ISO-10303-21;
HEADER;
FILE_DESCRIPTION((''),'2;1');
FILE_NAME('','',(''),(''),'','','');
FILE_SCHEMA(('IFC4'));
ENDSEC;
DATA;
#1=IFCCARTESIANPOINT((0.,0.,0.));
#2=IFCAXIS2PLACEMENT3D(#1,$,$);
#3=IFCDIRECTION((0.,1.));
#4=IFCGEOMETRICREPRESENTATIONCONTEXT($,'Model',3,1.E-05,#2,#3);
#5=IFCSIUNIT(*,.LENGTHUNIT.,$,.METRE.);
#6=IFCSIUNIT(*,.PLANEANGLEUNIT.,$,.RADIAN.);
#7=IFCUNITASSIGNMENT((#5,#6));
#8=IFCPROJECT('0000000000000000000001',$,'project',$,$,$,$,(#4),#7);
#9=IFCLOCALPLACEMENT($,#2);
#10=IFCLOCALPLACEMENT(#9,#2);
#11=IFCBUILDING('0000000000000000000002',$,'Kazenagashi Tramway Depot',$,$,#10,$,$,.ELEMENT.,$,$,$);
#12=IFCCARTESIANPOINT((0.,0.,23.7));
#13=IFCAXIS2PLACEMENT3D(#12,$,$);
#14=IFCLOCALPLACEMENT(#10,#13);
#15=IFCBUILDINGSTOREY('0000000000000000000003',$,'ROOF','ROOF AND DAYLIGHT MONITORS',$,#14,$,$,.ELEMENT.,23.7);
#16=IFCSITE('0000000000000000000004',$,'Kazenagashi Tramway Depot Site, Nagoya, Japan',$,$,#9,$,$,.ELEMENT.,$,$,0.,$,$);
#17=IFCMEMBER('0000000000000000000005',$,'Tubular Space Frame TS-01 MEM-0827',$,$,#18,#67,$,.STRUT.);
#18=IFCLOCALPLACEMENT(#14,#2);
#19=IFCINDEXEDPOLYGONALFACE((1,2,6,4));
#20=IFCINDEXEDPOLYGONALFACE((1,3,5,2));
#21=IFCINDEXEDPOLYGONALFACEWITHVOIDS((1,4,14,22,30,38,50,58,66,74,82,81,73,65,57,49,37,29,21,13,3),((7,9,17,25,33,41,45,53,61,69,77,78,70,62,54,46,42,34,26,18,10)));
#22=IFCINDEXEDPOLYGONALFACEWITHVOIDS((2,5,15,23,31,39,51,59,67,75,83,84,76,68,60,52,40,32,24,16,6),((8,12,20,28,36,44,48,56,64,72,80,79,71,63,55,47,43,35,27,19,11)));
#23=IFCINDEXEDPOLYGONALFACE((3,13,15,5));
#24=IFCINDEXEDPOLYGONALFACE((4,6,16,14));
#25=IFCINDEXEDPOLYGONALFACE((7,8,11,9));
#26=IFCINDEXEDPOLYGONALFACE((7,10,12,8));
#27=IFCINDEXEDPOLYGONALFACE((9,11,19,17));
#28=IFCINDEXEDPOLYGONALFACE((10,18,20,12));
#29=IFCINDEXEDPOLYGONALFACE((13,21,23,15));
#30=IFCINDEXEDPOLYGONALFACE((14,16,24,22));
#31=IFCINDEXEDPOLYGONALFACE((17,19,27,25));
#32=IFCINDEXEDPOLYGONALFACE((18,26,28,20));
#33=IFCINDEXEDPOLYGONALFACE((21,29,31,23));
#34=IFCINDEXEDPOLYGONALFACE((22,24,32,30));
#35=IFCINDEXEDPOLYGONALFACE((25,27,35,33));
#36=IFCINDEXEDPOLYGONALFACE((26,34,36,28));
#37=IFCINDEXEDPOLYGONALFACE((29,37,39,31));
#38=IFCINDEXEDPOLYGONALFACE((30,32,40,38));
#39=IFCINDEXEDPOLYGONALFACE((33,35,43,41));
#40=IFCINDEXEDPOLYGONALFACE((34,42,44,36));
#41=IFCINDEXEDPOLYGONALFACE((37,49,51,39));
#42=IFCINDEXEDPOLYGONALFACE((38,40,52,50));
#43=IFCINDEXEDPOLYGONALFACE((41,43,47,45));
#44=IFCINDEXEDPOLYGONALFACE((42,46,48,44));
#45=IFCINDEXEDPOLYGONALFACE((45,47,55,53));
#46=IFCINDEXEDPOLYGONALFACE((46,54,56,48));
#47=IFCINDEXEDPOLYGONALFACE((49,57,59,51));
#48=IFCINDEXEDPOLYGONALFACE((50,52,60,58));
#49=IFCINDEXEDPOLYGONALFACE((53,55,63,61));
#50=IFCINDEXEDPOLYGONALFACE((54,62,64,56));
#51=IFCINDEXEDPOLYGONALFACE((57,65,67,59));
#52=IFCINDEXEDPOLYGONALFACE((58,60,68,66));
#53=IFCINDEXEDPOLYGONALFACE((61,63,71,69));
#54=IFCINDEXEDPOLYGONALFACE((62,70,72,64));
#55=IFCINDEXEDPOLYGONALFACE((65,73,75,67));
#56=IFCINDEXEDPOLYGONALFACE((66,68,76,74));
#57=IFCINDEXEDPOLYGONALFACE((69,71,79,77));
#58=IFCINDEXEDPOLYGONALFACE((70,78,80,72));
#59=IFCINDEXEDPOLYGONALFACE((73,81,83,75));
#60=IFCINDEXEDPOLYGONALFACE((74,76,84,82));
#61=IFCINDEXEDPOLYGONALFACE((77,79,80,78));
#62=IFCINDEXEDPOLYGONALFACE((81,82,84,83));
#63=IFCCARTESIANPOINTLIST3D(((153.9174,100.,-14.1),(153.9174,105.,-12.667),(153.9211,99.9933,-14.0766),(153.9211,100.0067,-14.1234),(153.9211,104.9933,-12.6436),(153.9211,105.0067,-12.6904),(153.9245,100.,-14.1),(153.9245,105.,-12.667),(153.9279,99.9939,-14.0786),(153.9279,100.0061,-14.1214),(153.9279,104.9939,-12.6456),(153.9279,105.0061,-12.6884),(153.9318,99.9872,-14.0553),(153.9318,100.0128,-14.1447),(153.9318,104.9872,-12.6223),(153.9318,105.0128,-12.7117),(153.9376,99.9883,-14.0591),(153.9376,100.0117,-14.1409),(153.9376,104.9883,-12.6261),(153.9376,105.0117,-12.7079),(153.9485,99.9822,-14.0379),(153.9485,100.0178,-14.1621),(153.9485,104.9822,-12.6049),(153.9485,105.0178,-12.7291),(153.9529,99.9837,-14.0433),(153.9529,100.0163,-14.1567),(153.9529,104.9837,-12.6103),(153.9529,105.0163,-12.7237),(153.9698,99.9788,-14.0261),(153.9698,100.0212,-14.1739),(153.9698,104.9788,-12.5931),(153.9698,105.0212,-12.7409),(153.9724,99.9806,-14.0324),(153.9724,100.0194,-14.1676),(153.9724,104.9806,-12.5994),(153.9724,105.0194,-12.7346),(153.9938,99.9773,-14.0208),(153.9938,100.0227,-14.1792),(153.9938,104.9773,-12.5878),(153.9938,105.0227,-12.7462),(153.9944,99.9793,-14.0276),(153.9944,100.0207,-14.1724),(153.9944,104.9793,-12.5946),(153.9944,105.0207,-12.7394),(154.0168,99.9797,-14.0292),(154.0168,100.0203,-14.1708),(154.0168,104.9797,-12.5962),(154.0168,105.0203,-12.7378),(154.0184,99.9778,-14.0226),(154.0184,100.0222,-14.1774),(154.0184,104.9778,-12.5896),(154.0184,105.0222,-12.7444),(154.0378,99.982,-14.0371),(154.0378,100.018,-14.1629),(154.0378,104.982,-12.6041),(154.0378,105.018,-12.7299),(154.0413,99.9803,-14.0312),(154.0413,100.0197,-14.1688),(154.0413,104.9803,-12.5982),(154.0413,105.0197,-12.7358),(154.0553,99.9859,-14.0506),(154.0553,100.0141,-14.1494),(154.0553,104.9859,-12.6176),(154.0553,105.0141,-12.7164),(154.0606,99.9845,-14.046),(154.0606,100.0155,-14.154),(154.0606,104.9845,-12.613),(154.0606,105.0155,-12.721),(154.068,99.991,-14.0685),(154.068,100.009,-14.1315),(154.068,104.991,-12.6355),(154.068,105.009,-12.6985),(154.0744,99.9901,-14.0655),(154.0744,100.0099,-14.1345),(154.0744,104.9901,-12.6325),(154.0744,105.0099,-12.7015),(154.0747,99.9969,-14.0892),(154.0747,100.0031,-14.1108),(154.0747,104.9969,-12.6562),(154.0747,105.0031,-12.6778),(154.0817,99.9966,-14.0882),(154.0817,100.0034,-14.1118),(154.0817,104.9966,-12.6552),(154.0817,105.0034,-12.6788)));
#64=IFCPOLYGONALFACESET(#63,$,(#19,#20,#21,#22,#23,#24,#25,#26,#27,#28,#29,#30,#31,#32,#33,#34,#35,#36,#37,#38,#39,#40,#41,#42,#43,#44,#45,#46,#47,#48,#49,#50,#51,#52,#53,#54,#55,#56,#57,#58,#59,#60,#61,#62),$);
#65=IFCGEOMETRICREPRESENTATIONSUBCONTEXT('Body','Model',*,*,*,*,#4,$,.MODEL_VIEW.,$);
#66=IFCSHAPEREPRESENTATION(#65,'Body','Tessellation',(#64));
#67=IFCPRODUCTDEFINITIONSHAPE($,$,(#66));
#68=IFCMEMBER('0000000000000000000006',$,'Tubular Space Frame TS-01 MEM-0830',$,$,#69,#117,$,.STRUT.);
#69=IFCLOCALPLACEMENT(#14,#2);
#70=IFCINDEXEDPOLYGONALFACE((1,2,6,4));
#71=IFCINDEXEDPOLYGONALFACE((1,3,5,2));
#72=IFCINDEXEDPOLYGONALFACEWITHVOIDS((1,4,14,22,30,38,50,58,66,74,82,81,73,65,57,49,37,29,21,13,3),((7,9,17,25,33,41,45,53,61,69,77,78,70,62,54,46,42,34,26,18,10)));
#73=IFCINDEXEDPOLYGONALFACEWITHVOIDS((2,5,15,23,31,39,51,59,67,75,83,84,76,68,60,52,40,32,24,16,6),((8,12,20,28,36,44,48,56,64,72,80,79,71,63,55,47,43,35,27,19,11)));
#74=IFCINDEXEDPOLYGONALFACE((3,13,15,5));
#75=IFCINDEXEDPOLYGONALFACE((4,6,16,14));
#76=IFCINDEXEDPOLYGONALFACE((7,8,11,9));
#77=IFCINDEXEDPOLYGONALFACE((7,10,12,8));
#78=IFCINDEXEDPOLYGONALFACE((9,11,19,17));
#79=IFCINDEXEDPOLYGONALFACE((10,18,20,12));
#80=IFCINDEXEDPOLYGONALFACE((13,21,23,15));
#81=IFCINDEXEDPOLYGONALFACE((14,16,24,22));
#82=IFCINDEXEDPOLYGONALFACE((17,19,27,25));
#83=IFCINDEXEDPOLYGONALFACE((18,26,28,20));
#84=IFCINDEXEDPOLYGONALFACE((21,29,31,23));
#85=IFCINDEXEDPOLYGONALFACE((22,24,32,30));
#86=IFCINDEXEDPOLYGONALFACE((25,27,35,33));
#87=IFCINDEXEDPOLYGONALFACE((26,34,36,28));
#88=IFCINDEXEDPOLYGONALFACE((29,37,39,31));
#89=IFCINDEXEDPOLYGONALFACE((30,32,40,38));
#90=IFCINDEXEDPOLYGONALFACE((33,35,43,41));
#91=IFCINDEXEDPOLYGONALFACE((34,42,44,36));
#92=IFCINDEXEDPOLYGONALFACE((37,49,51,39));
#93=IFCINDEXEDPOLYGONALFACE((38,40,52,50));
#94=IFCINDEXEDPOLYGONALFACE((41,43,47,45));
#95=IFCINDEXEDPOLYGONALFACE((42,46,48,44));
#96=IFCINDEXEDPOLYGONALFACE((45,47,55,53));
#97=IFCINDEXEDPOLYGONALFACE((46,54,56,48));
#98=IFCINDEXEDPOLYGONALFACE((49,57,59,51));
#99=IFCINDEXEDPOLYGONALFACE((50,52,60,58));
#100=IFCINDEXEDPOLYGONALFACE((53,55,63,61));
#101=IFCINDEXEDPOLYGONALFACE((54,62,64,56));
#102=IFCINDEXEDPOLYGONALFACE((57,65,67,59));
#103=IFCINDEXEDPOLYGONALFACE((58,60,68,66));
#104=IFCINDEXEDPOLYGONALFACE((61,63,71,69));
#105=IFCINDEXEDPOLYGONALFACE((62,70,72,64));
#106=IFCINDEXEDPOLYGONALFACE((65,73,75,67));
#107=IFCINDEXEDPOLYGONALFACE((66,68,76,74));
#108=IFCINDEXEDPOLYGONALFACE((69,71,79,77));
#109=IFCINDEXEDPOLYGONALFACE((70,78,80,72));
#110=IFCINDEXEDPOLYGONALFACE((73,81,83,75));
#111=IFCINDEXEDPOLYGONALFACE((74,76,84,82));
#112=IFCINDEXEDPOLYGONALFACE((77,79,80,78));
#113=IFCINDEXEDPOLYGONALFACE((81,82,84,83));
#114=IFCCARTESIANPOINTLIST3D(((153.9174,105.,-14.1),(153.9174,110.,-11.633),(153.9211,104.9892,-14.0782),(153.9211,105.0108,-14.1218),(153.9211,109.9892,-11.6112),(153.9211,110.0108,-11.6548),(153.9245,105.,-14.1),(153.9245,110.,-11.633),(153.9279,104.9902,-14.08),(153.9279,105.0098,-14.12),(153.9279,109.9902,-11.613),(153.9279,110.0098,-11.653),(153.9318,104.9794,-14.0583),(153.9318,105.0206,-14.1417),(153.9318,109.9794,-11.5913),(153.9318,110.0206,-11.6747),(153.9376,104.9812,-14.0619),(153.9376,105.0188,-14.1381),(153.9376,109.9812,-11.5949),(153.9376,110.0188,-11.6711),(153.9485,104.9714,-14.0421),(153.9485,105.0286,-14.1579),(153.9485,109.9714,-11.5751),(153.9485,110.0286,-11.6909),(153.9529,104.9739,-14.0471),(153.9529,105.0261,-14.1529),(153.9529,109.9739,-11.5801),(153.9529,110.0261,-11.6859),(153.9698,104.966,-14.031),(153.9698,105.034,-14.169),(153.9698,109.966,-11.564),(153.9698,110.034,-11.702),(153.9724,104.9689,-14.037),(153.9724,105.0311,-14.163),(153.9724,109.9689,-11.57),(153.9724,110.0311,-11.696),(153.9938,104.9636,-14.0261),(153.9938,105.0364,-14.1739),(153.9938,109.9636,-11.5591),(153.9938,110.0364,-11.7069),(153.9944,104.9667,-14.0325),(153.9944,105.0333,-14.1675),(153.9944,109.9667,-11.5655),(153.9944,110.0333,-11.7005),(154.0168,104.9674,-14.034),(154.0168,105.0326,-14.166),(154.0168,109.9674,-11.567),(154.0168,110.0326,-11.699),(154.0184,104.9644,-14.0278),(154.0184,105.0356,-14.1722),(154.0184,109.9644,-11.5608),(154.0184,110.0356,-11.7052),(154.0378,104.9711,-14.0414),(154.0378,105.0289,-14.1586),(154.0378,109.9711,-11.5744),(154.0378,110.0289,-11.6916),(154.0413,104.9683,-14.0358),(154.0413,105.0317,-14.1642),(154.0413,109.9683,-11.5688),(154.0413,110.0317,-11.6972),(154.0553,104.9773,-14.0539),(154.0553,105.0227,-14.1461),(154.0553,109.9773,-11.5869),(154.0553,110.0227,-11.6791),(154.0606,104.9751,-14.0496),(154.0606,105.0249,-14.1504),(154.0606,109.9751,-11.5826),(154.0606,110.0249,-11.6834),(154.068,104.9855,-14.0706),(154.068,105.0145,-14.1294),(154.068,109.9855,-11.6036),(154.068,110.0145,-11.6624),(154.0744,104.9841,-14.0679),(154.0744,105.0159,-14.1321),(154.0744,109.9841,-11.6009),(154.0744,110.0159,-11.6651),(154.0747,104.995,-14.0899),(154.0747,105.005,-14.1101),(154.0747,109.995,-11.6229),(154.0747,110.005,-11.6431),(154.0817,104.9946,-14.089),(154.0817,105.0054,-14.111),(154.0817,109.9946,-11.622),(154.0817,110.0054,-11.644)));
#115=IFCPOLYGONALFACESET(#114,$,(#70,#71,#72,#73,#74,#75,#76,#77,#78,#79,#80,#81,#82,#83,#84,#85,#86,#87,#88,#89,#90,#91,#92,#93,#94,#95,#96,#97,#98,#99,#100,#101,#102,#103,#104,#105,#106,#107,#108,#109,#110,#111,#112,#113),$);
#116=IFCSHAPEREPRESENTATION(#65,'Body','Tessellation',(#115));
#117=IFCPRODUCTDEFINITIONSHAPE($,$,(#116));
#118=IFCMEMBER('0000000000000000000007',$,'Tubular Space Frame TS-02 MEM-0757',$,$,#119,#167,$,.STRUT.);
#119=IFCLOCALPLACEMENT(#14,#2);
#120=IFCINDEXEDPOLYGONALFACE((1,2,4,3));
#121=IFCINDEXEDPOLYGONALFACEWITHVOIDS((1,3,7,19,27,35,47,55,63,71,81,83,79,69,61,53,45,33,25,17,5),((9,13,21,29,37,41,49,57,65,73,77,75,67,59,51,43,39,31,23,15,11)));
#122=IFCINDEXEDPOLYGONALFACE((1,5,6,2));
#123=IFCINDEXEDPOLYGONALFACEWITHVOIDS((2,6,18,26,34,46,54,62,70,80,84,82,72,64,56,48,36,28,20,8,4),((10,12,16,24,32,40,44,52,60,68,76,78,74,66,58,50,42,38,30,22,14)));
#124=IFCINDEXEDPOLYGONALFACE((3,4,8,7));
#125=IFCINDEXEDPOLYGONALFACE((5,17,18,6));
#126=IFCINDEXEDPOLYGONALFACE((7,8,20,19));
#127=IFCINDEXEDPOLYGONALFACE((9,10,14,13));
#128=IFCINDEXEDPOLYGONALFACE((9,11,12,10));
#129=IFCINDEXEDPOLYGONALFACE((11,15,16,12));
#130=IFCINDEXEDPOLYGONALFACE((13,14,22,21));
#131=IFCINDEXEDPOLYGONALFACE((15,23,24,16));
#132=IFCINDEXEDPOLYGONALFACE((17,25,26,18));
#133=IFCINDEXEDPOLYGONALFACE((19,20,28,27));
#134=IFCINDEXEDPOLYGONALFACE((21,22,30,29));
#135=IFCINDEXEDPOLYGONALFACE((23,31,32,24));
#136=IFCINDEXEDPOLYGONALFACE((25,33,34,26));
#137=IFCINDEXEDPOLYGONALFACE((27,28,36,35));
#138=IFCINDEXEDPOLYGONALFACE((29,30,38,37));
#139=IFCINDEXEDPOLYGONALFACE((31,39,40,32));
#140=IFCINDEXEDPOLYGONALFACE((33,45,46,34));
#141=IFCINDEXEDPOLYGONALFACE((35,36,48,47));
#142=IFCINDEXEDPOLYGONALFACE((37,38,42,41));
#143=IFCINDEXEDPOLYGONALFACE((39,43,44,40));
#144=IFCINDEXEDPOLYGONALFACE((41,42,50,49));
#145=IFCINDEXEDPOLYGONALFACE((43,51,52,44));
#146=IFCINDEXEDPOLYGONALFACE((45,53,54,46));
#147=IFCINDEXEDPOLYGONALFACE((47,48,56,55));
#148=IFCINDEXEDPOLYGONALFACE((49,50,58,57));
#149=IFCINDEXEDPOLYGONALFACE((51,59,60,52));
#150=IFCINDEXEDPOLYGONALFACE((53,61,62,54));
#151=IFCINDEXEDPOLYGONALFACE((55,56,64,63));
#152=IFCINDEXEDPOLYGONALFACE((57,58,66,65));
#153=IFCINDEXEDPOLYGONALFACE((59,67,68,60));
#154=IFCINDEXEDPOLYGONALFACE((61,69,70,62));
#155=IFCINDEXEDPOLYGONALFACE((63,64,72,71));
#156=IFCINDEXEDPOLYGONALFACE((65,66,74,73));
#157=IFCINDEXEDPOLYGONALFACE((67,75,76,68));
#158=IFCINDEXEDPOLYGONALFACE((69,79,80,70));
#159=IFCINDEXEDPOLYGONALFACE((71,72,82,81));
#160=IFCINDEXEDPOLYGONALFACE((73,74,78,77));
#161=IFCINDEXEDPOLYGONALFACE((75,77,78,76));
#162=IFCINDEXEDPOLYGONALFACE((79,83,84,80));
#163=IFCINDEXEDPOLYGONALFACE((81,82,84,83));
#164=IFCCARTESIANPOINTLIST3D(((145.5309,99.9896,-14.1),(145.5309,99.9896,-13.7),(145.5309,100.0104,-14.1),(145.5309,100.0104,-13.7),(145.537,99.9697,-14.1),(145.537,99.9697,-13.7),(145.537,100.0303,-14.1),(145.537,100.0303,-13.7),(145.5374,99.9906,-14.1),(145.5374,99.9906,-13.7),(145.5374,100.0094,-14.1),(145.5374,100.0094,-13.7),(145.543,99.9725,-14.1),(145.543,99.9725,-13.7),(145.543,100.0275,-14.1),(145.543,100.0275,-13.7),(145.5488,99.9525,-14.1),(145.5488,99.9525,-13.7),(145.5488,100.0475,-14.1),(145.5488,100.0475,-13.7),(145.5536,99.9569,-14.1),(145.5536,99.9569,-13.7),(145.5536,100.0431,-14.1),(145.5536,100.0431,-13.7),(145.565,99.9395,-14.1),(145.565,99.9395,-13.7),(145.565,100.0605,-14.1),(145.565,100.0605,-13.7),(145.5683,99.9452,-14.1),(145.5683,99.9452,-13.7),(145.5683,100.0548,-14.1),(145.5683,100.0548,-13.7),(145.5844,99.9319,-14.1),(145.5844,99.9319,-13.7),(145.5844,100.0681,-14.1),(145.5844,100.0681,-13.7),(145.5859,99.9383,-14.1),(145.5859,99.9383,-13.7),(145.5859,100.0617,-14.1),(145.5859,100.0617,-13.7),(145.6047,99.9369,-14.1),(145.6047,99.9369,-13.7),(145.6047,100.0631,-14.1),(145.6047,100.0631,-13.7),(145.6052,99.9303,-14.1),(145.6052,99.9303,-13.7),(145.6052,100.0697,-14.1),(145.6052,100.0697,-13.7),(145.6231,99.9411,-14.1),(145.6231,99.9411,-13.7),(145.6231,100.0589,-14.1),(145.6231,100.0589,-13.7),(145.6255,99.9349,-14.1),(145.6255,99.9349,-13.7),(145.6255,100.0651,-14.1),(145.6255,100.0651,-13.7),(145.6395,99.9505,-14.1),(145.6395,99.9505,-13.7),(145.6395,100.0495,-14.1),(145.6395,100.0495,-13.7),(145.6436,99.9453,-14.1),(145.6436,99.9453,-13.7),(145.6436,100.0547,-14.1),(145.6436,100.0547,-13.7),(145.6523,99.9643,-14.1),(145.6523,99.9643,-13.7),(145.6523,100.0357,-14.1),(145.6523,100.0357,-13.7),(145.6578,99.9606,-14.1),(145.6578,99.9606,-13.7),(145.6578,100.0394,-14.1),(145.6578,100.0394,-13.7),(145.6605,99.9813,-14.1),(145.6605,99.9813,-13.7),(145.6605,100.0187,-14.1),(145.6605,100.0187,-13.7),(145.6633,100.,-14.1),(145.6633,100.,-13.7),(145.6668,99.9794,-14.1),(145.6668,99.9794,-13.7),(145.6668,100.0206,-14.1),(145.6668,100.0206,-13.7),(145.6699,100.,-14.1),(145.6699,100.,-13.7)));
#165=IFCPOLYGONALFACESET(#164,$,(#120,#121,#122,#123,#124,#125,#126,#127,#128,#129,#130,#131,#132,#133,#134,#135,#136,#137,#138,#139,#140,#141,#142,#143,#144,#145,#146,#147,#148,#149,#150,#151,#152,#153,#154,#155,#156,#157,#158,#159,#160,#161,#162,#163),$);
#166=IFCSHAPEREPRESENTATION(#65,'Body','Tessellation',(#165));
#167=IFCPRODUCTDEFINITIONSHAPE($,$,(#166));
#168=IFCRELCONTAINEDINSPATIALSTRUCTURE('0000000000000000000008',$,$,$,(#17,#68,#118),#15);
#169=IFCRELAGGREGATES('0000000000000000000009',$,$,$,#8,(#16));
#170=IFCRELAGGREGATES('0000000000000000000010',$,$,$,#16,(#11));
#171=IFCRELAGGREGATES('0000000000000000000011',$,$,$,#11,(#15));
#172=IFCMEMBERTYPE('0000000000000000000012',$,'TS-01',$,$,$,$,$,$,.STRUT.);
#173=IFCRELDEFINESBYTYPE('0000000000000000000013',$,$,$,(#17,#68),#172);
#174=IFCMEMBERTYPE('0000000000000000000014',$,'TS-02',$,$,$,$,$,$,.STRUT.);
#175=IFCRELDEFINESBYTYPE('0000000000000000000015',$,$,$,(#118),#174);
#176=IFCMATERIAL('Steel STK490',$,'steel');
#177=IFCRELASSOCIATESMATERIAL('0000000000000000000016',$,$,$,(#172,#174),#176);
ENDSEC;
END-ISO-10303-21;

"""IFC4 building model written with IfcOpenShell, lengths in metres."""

from ifc_helpers import new_model, si_unit, direction, frame, origin, origin_2d, place, context, subcontext, project, spatial, hollow_circle, extrude, material, material_profile, profile_set, type_object, element, save


model = new_model("IFC4")

# Units and contexts
model_context = context("Model", 3, precision=1e-05, world=origin(), true_north=direction((0.0, 1.0)))
body_context = subcontext(model_context, "Body", "Model", "MODEL_VIEW")
ifc_project = project(units=[si_unit("LENGTHUNIT", "METRE"), si_unit("PLANEANGLEUNIT", "RADIAN")], contexts=[model_context])

# Site, building, storey
site_placement = place(None, origin())
site = spatial("IfcSite", under=ifc_project, at=site_placement, Name="Kazenagashi Tramway Depot Site, Nagoya, Japan", CompositionType="ELEMENT", RefElevation=0.0)
building_placement = place(site_placement, origin())
building = spatial("IfcBuilding", under=site, at=building_placement, Name="Kazenagashi Tramway Depot", CompositionType="ELEMENT")
storey_placement = place(building_placement, frame((0.0, 0.0, 23.7)))
storey = spatial("IfcBuildingStorey", under=building, at=storey_placement, Name="ROOF", Description="ROOF AND DAYLIGHT MONITORS", CompositionType="ELEMENT", Elevation=23.7)

# Members
ifc_material_1 = material(Name="Steel STK490", Category="steel")
ifc_material_profile_1 = material_profile(ifc_material_1, hollow_circle(Radius=0.0826, WallThickness=0.0071, at=origin_2d()), Name="CHS-165.2x7.1")
ifc_profile_set_1 = profile_set([ifc_material_profile_1], Name="Steel STK490")
member_type_1 = type_object("IfcMemberType", Name="TS-01", PredefinedType="STRUT", material=ifc_profile_set_1)
for number, where, z_axis, x_axis, name in (
    (1, (154.0, 100.0, -14.1), (0.0, 0.961299, 0.275508), (-1.0, 0.0, 0.0), "Tubular Space Frame TS-01 MEM-0827"),
):
    element("IfcMember", number, at=place(storey_placement, frame(where, z_axis=z_axis, x_axis=x_axis)), inside=storey, type_object=member_type_1, Name=name, PredefinedType="STRUT", context=body_context, shape_type="SweptSolid", body=[
        extrude(hollow_circle(Radius=0.0826, WallThickness=0.0071, at=origin_2d()), origin(), (0.0, 0.0, 1.0), 5.2013),
    ])
member_1_placement = place(storey_placement, frame((154.0, 105.0, -14.1), z_axis=(0.0, 0.896782, 0.442472), x_axis=(-1.0, 0.0, 0.0)))
element("IfcMember", 2, at=member_1_placement, inside=storey, type_object=member_type_1, Name="Tubular Space Frame TS-01 MEM-0830", PredefinedType="STRUT", context=body_context, shape_type="SweptSolid", body=[
    extrude(hollow_circle(Radius=0.0826, WallThickness=0.0071, at=origin_2d()), origin(), (0.0, 0.0, 1.0), 5.5755),
])
ifc_material_profile_2 = material_profile(ifc_material_1, hollow_circle(Radius=0.0699, WallThickness=0.0066, at=origin_2d()), Name="CHS-139.8x6.6")
ifc_profile_set_2 = profile_set([ifc_material_profile_2], Name="Steel STK490")
member_type_2 = type_object("IfcMemberType", Name="TS-02", PredefinedType="STRUT", material=ifc_profile_set_2)
member_2_placement = place(storey_placement, frame((145.6, 100.0, -14.1), z_axis=(0.0, 0.0, 1.0), x_axis=(1.0, 0.0, 0.0)))
element("IfcMember", 3, at=member_2_placement, inside=storey, type_object=member_type_2, Name="Tubular Space Frame TS-02 MEM-0757", PredefinedType="STRUT", context=body_context, shape_type="SweptSolid", body=[
    extrude(hollow_circle(Radius=0.0699, WallThickness=0.0066, at=origin_2d()), origin(), (0.0, 0.0, 1.0), 0.4),
])

save(model, "model.ifc")
